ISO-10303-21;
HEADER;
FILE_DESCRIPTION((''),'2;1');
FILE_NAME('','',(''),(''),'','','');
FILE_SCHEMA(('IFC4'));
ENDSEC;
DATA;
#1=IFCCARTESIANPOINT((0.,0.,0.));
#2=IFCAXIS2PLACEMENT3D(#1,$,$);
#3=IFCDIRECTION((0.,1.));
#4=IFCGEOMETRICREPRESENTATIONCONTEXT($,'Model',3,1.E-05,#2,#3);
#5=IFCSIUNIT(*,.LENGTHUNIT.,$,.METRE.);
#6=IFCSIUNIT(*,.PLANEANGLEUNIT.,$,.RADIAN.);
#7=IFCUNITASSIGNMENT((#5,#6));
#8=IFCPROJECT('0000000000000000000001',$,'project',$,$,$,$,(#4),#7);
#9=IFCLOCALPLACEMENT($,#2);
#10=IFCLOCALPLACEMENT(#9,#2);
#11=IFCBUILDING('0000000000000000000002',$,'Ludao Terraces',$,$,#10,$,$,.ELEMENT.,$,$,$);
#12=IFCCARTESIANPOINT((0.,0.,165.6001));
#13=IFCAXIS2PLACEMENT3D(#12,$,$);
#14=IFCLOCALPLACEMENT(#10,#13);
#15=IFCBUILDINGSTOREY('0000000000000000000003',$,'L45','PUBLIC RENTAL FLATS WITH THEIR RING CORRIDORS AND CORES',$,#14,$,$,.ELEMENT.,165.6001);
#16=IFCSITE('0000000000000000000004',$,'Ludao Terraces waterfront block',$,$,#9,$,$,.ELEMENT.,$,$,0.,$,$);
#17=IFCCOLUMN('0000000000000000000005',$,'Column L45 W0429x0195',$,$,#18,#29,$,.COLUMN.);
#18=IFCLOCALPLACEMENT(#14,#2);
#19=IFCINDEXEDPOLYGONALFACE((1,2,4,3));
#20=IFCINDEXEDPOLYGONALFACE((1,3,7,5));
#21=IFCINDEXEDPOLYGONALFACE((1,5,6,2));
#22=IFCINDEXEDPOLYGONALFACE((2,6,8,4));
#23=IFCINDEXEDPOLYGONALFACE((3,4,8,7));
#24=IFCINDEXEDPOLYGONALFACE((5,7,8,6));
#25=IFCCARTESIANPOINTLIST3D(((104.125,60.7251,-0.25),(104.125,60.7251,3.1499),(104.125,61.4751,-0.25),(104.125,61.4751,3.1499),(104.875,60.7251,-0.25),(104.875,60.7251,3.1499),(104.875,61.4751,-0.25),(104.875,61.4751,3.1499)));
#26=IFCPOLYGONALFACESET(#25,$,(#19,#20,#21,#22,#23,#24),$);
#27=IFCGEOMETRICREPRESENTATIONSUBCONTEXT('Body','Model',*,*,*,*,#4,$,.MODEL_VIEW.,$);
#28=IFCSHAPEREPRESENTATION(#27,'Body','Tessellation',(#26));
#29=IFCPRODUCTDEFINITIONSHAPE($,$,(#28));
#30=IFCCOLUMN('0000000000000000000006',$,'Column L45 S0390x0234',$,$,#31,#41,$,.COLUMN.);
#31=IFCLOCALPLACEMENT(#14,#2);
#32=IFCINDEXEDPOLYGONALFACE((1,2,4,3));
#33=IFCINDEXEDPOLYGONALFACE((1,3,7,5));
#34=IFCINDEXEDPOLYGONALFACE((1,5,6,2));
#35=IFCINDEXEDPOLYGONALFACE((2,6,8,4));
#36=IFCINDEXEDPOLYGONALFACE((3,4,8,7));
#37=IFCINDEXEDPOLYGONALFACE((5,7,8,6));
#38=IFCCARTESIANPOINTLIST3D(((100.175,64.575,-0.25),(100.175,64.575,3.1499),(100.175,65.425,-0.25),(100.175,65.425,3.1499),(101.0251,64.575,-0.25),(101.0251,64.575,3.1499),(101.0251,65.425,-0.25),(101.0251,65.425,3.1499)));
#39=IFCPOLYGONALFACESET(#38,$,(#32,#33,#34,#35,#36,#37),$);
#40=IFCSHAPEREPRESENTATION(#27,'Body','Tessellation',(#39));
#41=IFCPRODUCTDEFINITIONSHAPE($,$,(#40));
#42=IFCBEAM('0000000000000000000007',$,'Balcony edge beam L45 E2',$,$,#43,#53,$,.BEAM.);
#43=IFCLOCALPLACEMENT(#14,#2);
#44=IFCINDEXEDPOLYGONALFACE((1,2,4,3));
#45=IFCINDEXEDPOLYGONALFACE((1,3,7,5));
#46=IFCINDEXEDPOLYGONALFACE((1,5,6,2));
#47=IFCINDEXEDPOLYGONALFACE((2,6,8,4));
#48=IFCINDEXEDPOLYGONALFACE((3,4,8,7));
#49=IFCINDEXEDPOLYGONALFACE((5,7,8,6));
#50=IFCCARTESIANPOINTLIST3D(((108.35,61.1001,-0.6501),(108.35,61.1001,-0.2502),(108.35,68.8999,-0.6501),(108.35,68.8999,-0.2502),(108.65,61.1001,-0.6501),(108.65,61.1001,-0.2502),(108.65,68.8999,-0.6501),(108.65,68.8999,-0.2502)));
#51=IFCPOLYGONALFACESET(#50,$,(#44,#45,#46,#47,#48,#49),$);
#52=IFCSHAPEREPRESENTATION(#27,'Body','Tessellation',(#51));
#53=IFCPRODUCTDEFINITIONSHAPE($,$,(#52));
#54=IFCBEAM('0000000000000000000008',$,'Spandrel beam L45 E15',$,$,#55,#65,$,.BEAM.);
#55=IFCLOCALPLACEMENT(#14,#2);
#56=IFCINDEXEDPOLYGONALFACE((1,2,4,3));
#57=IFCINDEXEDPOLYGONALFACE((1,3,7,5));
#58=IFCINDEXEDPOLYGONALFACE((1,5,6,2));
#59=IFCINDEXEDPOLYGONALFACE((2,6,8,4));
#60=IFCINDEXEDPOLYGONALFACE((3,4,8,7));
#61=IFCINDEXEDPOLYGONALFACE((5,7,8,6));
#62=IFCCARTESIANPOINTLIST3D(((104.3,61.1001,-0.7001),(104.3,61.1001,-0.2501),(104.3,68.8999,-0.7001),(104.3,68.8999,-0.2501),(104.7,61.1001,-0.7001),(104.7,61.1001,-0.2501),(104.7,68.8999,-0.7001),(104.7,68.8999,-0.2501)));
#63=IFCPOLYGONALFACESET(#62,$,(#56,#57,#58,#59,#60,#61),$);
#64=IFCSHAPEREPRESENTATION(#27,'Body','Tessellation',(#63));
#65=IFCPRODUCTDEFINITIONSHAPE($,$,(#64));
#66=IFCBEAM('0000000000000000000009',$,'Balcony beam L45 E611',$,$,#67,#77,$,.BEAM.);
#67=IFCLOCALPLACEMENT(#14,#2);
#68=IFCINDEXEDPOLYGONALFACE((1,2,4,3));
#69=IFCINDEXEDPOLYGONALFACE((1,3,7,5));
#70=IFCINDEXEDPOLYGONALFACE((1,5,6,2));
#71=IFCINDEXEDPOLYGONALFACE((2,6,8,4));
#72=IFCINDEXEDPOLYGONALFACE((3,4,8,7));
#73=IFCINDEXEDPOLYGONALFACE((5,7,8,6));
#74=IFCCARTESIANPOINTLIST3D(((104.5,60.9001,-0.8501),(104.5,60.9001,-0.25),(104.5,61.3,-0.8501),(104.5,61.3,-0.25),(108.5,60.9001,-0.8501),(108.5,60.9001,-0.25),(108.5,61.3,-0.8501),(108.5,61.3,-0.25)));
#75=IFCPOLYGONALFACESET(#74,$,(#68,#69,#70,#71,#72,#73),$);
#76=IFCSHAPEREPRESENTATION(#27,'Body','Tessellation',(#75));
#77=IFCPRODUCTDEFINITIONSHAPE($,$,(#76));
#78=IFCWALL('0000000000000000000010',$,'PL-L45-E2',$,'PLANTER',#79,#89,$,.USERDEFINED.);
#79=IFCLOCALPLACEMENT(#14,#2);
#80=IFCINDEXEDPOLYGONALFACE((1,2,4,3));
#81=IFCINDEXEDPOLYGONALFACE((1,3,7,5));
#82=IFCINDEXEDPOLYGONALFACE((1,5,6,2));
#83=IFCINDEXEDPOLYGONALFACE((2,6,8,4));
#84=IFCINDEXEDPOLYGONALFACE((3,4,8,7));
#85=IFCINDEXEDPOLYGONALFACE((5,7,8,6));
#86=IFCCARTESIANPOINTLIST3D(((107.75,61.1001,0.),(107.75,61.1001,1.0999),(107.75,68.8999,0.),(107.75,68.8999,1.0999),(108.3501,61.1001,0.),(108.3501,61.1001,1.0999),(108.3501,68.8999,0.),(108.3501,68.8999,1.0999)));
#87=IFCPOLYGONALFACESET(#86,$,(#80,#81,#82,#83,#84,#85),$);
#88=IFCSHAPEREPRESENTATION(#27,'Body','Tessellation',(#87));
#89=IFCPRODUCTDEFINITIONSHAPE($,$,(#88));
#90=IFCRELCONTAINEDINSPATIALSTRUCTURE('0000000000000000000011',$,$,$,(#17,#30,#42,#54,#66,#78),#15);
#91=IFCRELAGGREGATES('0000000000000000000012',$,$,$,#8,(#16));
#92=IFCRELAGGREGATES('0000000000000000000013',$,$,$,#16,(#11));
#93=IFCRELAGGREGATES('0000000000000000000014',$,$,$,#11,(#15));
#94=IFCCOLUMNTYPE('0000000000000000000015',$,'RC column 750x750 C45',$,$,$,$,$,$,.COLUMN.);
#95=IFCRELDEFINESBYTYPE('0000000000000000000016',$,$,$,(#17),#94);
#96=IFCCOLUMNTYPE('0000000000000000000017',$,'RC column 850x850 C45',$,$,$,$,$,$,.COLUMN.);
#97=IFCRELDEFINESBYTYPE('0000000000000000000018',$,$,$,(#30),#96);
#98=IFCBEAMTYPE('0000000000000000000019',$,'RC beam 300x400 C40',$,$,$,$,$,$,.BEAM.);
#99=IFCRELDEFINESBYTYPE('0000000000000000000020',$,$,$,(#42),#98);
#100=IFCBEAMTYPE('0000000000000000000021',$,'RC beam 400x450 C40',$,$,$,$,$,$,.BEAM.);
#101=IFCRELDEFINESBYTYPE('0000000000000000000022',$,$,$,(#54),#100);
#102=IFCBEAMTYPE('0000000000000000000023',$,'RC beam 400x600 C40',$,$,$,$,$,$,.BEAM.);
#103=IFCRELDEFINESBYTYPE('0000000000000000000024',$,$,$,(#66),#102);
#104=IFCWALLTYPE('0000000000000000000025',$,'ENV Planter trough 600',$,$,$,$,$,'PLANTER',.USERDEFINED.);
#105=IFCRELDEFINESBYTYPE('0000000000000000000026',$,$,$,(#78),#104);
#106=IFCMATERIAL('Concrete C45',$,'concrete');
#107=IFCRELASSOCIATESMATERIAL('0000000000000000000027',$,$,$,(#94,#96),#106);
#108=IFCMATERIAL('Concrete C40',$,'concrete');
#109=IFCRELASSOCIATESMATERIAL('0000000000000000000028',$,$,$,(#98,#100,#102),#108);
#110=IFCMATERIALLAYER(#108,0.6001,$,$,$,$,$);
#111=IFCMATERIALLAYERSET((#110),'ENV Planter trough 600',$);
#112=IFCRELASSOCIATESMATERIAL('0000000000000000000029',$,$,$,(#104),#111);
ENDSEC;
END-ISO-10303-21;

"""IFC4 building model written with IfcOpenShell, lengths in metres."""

from ifc_helpers import new_model, si_unit, direction, frame, frame_2d, origin, origin_2d, place, context, subcontext, project, spatial, rectangle, extrude, material, layer, layer_set, material_profile, profile_set, type_object, element, save


model = new_model("IFC4")

# Units and contexts
model_context = context("Model", 3, precision=1e-05, world=origin(), true_north=direction((0.0, 1.0)))
body_context = subcontext(model_context, "Body", "Model", "MODEL_VIEW")
ifc_project = project(units=[si_unit("LENGTHUNIT", "METRE"), si_unit("PLANEANGLEUNIT", "RADIAN")], contexts=[model_context])

# Site, building, storey
site_placement = place(None, origin())
site = spatial("IfcSite", under=ifc_project, at=site_placement, Name="Ludao Terraces waterfront block", CompositionType="ELEMENT", RefElevation=0.0)
building_placement = place(site_placement, origin())
building = spatial("IfcBuilding", under=site, at=building_placement, Name="Ludao Terraces", CompositionType="ELEMENT")
storey_placement = place(building_placement, frame((0.0, 0.0, 165.6001)))
storey = spatial("IfcBuildingStorey", under=building, at=storey_placement, Name="L45", Description="PUBLIC RENTAL FLATS WITH THEIR RING CORRIDORS AND CORES", CompositionType="ELEMENT", Elevation=165.6001)

# Columns
ifc_material_1 = material(Name="Concrete C45", Category="concrete")
ifc_material_profile_1 = material_profile(ifc_material_1, rectangle(XDim=0.75, YDim=0.75, at=origin_2d()), Name="750 X 750")
ifc_profile_set_1 = profile_set([ifc_material_profile_1], Name="Concrete C45")
column_type_1 = type_object("IfcColumnType", Name="RC column 750x750 C45", PredefinedType="COLUMN", material=ifc_profile_set_1)
column_1_placement = place(storey_placement, frame((104.5, 61.1001, -0.25), z_axis=(0.0, 0.0, 1.0), x_axis=(1.0, 0.0, 0.0)))
element("IfcColumn", 1, at=column_1_placement, inside=storey, type_object=column_type_1, Name="Column L45 W0429x0195", PredefinedType="COLUMN", context=body_context, shape_type="SweptSolid", body=[
    extrude(rectangle(XDim=0.75, YDim=0.75, at=origin_2d()), origin(), (0.0, 0.0, 1.0), 3.3999),
])
ifc_material_profile_2 = material_profile(ifc_material_1, rectangle(XDim=0.8501, YDim=0.8501, at=origin_2d()), Name="850 X 850")
ifc_profile_set_2 = profile_set([ifc_material_profile_2], Name="Concrete C45")
column_type_2 = type_object("IfcColumnType", Name="RC column 850x850 C45", PredefinedType="COLUMN", material=ifc_profile_set_2)
column_2_placement = place(storey_placement, frame((100.6001, 65.0, -0.25), z_axis=(0.0, 0.0, 1.0), x_axis=(1.0, 0.0, 0.0)))
element("IfcColumn", 2, at=column_2_placement, inside=storey, type_object=column_type_2, Name="Column L45 S0390x0234", PredefinedType="COLUMN", context=body_context, shape_type="SweptSolid", body=[
    extrude(rectangle(XDim=0.8501, YDim=0.8501, at=origin_2d()), origin(), (0.0, 0.0, 1.0), 3.3999),
])

# Beams
ifc_material_2 = material(Name="Concrete C40", Category="concrete")
ifc_material_profile_3 = material_profile(ifc_material_2, rectangle(XDim=0.3, YDim=0.3999, at=origin_2d()), Name="300 X 400")
ifc_profile_set_3 = profile_set([ifc_material_profile_3], Name="Concrete C40")
beam_type_1 = type_object("IfcBeamType", Name="RC beam 300x400 C40", PredefinedType="BEAM", material=ifc_profile_set_3)
beam_1_placement = place(storey_placement, frame((108.5, 61.1001, -0.4502), z_axis=(0.0, 1.0, 0.0), x_axis=(-1.0, 0.0, 0.0)))
element("IfcBeam", 3, at=beam_1_placement, inside=storey, type_object=beam_type_1, Name="Balcony edge beam L45 E2", PredefinedType="BEAM", context=body_context, shape_type="SweptSolid", body=[
    extrude(rectangle(XDim=0.3, YDim=0.3999, at=origin_2d()), origin(), (0.0, 0.0, 1.0), 7.7998),
])
ifc_material_profile_4 = material_profile(ifc_material_2, rectangle(XDim=0.3999, YDim=0.45, at=origin_2d()), Name="400 X 450")
ifc_profile_set_4 = profile_set([ifc_material_profile_4], Name="Concrete C40")
beam_type_2 = type_object("IfcBeamType", Name="RC beam 400x450 C40", PredefinedType="BEAM", material=ifc_profile_set_4)
beam_2_placement = place(storey_placement, frame((104.5, 61.1001, -0.4751), z_axis=(0.0, 1.0, 0.0), x_axis=(-1.0, 0.0, 0.0)))
element("IfcBeam", 4, at=beam_2_placement, inside=storey, type_object=beam_type_2, Name="Spandrel beam L45 E15", PredefinedType="BEAM", context=body_context, shape_type="SweptSolid", body=[
    extrude(rectangle(XDim=0.3999, YDim=0.45, at=origin_2d()), origin(), (0.0, 0.0, 1.0), 7.7998),
])
ifc_material_profile_5 = material_profile(ifc_material_2, rectangle(XDim=0.3999, YDim=0.6001, at=origin_2d()), Name="400 X 600")
ifc_profile_set_5 = profile_set([ifc_material_profile_5], Name="Concrete C40")
beam_type_3 = type_object("IfcBeamType", Name="RC beam 400x600 C40", PredefinedType="BEAM", material=ifc_profile_set_5)
beam_3_placement = place(storey_placement, frame((104.5, 61.1001, -0.55), z_axis=(1.0, 0.0, 0.0), x_axis=(0.0, 1.0, 0.0)))
element("IfcBeam", 5, at=beam_3_placement, inside=storey, type_object=beam_type_3, Name="Balcony beam L45 E611", PredefinedType="BEAM", context=body_context, shape_type="SweptSolid", body=[
    extrude(rectangle(XDim=0.3999, YDim=0.6001, at=origin_2d()), origin(), (0.0, 0.0, 1.0), 4.0),
])

# Wall
ifc_layer_1 = layer(ifc_material_2, 0.6001)
ifc_layer_set_1 = layer_set([ifc_layer_1], Name="ENV Planter trough 600")
wall_type_1 = type_object("IfcWallType", Name="ENV Planter trough 600", ElementType="PLANTER", PredefinedType="USERDEFINED", material=ifc_layer_set_1)
wall_1_placement = place(storey_placement, frame((108.05, 61.1001, 0.0), z_axis=(0.0, 0.0, 1.0), x_axis=(0.0, 1.0, 0.0)))
element("IfcWall", 6, at=wall_1_placement, inside=storey, type_object=wall_type_1, Name="PL-L45-E2", ObjectType="PLANTER", PredefinedType="USERDEFINED", context=body_context, shape_type="SweptSolid", body=[
    extrude(rectangle(XDim=7.7998, YDim=0.6001, at=frame_2d((3.8999, 0.0))), origin(), (0.0, 0.0, 1.0), 1.0999),
])

save(model, "model.ifc")
